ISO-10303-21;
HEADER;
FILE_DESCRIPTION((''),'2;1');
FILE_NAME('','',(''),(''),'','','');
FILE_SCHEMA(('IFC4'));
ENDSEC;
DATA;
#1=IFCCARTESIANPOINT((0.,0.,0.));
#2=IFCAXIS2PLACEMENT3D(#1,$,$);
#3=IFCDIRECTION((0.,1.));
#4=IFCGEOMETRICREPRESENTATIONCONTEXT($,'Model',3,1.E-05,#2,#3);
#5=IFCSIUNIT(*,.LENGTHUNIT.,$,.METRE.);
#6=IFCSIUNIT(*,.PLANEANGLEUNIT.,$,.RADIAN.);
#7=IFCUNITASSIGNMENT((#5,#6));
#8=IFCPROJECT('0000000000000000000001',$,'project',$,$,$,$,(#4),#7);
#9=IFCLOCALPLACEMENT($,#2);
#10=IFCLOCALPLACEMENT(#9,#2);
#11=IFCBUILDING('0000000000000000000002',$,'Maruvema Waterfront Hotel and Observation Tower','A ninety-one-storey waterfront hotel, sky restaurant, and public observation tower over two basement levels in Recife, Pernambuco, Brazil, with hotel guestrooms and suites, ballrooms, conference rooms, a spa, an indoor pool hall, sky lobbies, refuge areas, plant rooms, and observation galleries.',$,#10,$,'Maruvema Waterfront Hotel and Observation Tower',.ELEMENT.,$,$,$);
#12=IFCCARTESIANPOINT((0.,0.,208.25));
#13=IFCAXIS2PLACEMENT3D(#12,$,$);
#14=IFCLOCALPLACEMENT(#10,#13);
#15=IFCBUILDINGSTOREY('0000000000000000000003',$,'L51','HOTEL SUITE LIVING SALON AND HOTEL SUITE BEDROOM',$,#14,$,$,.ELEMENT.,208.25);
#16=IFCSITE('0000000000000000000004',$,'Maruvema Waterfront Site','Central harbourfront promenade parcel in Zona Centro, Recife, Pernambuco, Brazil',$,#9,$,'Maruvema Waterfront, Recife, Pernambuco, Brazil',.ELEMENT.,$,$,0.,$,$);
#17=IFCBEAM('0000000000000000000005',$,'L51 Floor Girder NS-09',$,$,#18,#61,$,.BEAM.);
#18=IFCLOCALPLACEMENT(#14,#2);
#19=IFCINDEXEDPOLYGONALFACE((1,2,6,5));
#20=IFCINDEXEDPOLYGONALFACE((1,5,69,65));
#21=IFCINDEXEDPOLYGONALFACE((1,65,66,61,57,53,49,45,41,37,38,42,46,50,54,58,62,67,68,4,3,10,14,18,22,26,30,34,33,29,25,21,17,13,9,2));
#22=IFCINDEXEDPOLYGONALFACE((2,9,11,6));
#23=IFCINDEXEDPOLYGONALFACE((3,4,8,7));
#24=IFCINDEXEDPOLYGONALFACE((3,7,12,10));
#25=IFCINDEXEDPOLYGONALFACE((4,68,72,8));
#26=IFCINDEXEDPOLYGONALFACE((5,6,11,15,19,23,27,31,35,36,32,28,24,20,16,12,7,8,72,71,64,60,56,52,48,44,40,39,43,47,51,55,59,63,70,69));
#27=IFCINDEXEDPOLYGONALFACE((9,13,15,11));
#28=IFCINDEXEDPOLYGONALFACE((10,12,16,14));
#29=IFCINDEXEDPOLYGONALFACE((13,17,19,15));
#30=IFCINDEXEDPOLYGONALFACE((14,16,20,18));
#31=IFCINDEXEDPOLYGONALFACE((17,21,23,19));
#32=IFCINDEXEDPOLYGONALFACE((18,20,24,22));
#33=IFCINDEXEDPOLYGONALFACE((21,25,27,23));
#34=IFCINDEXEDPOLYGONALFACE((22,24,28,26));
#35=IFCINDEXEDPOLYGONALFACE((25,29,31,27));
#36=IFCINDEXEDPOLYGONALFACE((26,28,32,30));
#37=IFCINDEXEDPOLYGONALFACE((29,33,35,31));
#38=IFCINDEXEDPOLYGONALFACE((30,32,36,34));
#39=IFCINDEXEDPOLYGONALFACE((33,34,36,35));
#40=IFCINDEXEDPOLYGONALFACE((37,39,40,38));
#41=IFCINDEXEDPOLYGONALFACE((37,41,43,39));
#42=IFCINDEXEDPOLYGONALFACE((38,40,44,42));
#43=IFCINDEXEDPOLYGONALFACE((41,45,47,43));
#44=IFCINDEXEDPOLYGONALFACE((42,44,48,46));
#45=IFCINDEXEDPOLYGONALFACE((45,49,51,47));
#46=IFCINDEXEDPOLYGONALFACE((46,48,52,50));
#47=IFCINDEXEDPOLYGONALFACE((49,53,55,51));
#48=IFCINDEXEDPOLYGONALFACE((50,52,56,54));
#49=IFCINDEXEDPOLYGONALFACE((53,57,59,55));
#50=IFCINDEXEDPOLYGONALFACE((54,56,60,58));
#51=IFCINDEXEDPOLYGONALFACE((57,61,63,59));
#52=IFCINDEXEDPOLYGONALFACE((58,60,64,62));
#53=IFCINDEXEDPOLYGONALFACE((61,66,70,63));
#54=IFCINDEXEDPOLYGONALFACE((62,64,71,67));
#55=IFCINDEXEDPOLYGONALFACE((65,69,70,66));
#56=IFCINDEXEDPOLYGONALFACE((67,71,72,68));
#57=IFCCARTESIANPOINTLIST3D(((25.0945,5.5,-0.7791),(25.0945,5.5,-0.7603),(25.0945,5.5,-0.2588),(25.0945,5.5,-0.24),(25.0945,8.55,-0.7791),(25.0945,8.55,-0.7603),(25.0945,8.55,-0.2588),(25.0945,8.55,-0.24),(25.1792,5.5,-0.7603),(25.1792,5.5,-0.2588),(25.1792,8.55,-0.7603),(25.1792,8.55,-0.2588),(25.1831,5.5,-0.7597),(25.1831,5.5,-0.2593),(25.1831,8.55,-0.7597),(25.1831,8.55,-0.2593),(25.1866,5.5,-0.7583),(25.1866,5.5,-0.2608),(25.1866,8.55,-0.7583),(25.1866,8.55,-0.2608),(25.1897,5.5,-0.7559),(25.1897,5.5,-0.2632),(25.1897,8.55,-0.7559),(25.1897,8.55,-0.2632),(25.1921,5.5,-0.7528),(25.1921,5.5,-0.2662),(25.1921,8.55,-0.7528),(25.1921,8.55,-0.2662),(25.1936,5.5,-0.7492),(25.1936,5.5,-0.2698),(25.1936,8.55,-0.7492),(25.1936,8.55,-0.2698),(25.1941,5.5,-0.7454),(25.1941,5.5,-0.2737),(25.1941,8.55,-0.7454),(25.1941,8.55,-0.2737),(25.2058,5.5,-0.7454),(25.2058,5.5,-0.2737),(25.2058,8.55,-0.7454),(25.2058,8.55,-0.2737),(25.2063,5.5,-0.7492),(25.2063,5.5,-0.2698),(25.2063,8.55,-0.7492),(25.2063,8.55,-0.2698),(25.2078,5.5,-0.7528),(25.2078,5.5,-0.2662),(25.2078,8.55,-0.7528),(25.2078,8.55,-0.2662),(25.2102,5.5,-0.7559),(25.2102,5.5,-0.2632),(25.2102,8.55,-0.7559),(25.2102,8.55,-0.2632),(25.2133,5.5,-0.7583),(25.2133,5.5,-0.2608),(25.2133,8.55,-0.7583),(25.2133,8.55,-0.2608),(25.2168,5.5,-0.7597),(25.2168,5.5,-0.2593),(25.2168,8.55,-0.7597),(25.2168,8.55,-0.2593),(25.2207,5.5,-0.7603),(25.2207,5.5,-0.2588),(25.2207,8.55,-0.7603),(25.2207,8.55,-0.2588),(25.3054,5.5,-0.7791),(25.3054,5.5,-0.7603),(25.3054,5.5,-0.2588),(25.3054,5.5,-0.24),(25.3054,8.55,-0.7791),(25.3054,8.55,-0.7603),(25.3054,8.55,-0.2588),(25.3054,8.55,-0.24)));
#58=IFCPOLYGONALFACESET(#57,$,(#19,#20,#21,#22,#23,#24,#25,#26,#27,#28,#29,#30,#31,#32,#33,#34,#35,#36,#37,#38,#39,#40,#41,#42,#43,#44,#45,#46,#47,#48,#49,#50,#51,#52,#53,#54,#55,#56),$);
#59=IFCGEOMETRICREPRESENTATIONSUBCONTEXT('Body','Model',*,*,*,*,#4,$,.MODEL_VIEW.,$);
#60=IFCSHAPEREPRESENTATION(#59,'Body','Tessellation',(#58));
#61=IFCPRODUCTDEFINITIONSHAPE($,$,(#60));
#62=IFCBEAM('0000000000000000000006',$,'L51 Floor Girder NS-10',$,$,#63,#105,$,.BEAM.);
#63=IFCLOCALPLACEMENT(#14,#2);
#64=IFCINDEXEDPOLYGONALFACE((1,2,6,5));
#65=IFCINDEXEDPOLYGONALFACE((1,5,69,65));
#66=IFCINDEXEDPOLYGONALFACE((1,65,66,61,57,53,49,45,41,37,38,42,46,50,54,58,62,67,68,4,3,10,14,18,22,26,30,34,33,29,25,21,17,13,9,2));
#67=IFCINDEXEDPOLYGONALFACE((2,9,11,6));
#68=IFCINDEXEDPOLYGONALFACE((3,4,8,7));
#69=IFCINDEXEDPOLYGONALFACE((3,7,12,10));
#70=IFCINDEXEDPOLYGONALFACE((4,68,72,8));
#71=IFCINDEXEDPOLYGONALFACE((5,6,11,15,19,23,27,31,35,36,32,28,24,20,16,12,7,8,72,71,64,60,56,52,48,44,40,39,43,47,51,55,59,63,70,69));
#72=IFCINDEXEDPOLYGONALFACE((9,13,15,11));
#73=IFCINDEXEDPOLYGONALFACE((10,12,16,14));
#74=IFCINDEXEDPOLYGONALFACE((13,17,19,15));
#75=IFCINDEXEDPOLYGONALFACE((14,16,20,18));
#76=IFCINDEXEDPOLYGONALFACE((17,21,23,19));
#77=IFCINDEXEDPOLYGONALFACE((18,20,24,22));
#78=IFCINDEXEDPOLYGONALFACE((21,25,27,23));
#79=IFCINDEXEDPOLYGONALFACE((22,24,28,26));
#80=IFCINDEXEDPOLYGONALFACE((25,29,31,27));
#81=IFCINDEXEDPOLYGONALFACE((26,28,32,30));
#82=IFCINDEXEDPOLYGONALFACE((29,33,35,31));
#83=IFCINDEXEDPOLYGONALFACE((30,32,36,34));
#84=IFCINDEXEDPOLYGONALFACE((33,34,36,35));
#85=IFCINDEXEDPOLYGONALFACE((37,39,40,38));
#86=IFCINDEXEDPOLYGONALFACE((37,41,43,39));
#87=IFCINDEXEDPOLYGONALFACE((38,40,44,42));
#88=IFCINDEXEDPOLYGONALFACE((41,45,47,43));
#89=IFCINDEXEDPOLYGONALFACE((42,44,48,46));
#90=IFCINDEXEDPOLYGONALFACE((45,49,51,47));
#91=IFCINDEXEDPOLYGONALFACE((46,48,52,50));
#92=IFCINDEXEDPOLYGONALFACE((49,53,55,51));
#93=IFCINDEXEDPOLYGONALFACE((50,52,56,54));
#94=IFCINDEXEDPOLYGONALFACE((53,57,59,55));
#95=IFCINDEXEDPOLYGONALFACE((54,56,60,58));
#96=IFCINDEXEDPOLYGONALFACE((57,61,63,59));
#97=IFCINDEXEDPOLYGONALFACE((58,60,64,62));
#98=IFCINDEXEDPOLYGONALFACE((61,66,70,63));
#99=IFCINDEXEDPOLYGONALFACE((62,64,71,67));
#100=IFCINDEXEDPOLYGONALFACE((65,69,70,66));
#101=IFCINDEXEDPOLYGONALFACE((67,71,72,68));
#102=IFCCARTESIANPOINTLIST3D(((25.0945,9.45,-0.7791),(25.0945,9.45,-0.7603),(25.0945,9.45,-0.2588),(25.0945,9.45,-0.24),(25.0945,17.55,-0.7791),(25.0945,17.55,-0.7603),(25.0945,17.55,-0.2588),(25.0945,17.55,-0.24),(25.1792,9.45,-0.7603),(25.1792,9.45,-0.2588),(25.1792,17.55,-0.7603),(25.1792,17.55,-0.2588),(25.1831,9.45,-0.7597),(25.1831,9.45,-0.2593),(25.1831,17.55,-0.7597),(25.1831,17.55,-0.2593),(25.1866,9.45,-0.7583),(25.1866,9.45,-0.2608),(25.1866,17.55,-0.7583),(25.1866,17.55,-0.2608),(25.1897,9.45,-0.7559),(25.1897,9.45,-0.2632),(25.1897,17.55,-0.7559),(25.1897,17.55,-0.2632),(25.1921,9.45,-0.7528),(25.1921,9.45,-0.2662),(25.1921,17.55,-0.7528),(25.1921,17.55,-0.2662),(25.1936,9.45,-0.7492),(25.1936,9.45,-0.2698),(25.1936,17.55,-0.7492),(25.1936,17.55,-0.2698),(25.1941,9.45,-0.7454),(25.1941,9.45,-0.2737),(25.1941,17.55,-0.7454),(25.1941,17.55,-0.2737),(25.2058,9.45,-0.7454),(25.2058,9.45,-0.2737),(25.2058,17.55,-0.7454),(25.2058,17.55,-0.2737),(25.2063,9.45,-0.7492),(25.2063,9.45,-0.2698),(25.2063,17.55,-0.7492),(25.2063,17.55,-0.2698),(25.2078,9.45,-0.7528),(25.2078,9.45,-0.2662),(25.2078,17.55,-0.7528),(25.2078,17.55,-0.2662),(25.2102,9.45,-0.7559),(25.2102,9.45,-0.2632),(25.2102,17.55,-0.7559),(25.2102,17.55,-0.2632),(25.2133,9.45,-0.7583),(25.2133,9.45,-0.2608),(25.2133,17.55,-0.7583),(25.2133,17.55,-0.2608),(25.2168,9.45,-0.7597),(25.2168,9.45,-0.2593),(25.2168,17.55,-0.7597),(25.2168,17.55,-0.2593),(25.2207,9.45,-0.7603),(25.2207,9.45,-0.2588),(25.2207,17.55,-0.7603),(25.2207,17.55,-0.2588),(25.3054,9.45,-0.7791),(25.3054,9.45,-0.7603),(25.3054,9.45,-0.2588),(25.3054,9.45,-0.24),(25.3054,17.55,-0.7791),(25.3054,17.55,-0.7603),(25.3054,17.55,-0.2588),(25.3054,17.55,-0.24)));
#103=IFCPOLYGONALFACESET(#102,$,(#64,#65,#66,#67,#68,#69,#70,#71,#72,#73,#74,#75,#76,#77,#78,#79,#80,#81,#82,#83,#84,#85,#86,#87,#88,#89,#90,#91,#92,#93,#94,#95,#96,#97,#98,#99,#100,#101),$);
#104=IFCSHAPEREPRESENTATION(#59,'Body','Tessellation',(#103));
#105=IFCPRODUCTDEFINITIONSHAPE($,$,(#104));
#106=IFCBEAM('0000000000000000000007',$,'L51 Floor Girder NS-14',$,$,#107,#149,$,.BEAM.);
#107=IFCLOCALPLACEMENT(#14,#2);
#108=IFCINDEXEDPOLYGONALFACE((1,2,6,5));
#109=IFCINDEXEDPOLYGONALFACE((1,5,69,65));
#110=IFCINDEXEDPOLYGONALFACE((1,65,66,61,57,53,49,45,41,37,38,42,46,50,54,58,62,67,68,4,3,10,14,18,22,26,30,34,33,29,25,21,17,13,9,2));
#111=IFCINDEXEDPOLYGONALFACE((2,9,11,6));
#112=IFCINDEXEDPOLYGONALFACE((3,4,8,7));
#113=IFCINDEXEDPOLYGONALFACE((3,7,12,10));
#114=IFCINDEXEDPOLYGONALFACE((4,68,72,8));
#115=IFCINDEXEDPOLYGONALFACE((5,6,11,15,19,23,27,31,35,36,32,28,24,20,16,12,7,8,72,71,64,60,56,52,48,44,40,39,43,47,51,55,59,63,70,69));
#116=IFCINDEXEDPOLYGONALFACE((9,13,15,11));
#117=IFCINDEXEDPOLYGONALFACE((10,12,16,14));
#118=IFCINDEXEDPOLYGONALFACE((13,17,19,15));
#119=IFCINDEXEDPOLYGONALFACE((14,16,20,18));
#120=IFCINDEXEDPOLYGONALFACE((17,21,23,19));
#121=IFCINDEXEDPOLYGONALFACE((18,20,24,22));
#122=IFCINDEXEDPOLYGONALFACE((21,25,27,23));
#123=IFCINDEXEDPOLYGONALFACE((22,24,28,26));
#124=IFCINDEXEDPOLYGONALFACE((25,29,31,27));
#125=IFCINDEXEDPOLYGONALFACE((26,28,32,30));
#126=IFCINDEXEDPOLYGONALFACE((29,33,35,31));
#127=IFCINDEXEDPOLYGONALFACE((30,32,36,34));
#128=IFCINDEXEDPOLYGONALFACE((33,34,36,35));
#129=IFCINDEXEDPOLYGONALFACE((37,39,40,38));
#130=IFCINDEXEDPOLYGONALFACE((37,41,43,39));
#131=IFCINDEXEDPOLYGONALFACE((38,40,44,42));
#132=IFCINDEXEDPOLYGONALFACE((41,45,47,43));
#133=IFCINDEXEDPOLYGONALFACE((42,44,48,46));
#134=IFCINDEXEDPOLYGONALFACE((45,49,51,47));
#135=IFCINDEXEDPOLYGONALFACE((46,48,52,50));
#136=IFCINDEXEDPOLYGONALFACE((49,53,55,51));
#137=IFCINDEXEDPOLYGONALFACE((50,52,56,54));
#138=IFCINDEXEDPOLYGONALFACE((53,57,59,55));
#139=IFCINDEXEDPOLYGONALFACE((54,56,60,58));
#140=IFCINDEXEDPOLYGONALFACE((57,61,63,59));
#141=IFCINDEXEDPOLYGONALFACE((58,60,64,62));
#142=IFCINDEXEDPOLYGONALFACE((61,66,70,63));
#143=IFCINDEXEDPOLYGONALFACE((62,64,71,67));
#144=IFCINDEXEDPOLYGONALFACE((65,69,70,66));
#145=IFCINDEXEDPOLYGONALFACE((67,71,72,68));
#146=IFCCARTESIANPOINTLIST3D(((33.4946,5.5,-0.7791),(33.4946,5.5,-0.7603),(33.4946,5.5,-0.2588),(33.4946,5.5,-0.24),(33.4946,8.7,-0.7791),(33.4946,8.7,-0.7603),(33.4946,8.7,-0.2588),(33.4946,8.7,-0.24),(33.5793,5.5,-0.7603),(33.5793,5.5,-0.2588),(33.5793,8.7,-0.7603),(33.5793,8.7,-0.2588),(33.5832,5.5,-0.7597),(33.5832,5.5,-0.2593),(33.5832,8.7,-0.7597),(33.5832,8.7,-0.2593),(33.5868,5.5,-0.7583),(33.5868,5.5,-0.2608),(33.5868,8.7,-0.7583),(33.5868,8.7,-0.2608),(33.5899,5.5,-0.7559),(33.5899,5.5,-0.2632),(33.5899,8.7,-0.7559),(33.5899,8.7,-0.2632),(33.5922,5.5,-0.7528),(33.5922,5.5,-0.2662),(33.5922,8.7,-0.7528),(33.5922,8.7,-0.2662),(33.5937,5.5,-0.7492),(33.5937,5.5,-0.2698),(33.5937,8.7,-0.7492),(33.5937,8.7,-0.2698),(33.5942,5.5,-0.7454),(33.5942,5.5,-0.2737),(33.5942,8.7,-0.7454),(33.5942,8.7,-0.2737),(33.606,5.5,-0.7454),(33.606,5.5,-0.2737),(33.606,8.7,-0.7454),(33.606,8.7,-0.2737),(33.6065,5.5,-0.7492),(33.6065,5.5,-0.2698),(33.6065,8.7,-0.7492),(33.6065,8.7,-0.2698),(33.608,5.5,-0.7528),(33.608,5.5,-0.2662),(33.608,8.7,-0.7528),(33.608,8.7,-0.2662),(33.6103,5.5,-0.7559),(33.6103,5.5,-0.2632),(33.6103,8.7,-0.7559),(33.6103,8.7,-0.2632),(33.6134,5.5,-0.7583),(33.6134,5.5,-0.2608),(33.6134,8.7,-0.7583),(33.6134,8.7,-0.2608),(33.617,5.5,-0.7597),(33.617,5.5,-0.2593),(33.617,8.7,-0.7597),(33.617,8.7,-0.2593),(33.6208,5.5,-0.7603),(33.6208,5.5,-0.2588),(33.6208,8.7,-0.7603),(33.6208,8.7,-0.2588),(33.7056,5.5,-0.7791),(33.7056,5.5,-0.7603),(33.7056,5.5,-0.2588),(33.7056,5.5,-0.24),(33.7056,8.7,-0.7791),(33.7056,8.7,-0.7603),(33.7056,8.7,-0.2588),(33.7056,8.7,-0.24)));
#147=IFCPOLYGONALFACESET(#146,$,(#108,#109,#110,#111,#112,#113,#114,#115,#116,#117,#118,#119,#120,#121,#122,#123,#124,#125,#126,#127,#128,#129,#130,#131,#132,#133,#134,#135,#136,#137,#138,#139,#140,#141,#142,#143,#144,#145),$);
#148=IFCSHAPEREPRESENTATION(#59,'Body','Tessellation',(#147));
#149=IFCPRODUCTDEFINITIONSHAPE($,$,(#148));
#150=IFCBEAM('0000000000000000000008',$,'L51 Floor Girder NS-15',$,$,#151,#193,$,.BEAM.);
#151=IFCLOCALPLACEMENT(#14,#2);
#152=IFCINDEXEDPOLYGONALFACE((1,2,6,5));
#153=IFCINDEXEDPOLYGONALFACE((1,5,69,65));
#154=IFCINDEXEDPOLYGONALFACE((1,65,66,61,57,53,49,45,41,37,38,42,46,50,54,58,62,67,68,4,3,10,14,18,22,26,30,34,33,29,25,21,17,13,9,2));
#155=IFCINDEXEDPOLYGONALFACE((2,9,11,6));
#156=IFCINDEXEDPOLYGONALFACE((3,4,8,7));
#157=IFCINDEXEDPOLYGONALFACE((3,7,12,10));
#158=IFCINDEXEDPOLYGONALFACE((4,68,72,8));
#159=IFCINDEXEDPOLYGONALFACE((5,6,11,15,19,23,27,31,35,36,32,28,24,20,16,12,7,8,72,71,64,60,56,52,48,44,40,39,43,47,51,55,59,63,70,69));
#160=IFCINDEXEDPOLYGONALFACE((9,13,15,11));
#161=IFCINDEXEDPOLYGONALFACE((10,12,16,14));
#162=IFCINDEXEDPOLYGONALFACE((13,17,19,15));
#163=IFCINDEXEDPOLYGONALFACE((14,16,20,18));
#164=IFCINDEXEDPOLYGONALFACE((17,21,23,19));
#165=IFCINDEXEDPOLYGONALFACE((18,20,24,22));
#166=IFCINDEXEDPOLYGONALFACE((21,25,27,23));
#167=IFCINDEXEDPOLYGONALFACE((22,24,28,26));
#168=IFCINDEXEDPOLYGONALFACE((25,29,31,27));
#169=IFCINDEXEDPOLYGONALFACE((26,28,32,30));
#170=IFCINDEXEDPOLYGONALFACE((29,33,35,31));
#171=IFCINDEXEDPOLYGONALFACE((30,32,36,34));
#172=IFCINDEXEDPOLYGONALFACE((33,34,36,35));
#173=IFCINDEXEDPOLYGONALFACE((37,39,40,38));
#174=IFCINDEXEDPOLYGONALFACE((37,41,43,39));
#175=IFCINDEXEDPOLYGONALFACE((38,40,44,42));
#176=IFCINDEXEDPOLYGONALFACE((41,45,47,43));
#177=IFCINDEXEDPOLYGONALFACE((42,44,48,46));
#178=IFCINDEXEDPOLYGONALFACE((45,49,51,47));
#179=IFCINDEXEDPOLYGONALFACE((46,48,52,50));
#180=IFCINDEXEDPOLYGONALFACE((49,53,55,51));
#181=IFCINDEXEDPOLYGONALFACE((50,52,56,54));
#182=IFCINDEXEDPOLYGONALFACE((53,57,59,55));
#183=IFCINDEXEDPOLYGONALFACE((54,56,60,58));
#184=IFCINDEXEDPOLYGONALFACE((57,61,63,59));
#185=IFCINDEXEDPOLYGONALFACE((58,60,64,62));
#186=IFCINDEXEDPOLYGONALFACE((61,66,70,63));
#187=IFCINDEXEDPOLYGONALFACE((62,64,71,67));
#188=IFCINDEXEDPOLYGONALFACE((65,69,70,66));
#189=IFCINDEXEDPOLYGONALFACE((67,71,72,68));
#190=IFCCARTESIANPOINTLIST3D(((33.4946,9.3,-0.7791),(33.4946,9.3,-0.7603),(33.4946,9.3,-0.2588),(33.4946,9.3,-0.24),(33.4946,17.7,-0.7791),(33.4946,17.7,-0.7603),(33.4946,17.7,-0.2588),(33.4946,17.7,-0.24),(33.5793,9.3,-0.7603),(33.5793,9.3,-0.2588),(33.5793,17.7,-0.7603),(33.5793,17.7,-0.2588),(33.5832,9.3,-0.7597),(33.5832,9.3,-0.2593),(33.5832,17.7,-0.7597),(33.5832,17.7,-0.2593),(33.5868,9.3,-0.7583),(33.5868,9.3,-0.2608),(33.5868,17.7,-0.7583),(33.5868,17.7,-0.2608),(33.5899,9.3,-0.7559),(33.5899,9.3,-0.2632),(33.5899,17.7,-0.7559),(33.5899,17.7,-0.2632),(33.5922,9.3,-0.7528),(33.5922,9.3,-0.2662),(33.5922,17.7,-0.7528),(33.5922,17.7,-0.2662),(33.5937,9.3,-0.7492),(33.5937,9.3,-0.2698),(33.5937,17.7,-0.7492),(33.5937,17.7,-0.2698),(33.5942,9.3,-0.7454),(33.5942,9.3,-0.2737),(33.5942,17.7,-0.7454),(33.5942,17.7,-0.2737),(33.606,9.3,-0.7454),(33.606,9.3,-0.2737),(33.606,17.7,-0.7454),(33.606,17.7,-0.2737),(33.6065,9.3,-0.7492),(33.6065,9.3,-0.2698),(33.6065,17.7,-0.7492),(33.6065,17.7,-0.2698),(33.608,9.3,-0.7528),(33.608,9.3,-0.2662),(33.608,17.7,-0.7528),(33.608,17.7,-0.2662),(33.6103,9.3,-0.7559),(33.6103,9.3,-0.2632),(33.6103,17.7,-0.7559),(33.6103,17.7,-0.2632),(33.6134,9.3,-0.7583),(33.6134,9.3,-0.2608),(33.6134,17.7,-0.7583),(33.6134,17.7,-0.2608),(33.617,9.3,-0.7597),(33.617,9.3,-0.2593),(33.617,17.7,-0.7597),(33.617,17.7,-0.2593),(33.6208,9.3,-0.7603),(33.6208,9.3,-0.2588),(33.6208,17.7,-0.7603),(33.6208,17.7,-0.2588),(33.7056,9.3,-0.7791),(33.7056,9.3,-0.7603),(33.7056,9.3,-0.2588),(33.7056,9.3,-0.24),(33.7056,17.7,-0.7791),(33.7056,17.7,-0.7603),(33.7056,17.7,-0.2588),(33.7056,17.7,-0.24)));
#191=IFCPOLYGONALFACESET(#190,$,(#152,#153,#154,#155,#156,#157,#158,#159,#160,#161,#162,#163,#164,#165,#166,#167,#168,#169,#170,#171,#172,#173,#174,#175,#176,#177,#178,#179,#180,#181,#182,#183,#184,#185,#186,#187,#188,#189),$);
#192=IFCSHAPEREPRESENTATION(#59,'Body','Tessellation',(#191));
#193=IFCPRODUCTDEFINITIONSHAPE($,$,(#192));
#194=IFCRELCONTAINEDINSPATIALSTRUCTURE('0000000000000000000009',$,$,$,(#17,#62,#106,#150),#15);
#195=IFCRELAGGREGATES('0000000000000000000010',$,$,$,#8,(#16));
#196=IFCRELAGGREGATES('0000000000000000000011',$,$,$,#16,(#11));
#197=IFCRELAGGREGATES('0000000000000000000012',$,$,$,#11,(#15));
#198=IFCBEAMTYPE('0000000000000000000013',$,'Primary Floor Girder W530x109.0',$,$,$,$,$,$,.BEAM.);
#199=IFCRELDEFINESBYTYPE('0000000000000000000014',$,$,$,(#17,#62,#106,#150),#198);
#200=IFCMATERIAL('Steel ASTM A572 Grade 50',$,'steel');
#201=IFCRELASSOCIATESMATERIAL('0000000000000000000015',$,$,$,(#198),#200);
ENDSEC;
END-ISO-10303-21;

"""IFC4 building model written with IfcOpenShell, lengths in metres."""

from ifc_helpers import new_model, si_unit, direction, frame, origin, origin_2d, place, context, subcontext, project, spatial, i_section, extrude, material, material_profile, profile_set, type_object, element, save


model = new_model("IFC4")

# Units and contexts
model_context = context("Model", 3, precision=1e-05, world=origin(), true_north=direction((0.0, 1.0)))
body_context = subcontext(model_context, "Body", "Model", "MODEL_VIEW")
ifc_project = project(units=[si_unit("LENGTHUNIT", "METRE"), si_unit("PLANEANGLEUNIT", "RADIAN")], contexts=[model_context])

# Site, building, storey
site_placement = place(None, origin())
site = spatial("IfcSite", under=ifc_project, at=site_placement, Name="Maruvema Waterfront Site", Description="Central harbourfront promenade parcel in Zona Centro, Recife, Pernambuco, Brazil", LongName="Maruvema Waterfront, Recife, Pernambuco, Brazil", CompositionType="ELEMENT", RefElevation=0.0)
building_placement = place(site_placement, origin())
building = spatial("IfcBuilding", under=site, at=building_placement, Name="Maruvema Waterfront Hotel and Observation Tower", Description="A ninety-one-storey waterfront hotel, sky restaurant, and public observation tower over two basement levels in Recife, Pernambuco, Brazil, with hotel guestrooms and suites, ballrooms, conference rooms, a spa, an indoor pool hall, sky lobbies, refuge areas, plant rooms, and observation galleries.", LongName="Maruvema Waterfront Hotel and Observation Tower", CompositionType="ELEMENT")
storey_placement = place(building_placement, frame((0.0, 0.0, 208.25)))
storey = spatial("IfcBuildingStorey", under=building, at=storey_placement, Name="L51", Description="HOTEL SUITE LIVING SALON AND HOTEL SUITE BEDROOM", CompositionType="ELEMENT", Elevation=208.25)

# Beams
ifc_material_1 = material(Name="Steel ASTM A572 Grade 50", Category="steel")
ifc_material_profile_1 = material_profile(ifc_material_1, i_section(OverallWidth=0.2109, OverallDepth=0.5391, WebThickness=0.0117, FlangeThickness=0.0188, FilletRadius=0.0149, at=origin_2d()), Name="W530x109.0")
ifc_profile_set_1 = profile_set([ifc_material_profile_1], Name="Steel ASTM A572 Grade 50")
beam_type_1 = type_object("IfcBeamType", Name="Primary Floor Girder W530x109.0", PredefinedType="BEAM", material=ifc_profile_set_1)
beam_1_placement = place(storey_placement, frame((25.2, 5.5, -0.5095), z_axis=(0.0, 1.0, 0.0), x_axis=(-1.0, 0.0, 0.0)))
element("IfcBeam", 1, at=beam_1_placement, inside=storey, type_object=beam_type_1, Name="L51 Floor Girder NS-09", PredefinedType="BEAM", context=body_context, shape_type="SweptSolid", body=[
    extrude(i_section(OverallWidth=0.2109, OverallDepth=0.5391, WebThickness=0.0117, FlangeThickness=0.0188, FilletRadius=0.0149, at=origin_2d()), origin(), (0.0, 0.0, 1.0), 3.05),
])
beam_2_placement = place(storey_placement, frame((25.2, 9.45, -0.5095), z_axis=(0.0, 1.0, 0.0), x_axis=(-1.0, 0.0, 0.0)))
element("IfcBeam", 2, at=beam_2_placement, inside=storey, type_object=beam_type_1, Name="L51 Floor Girder NS-10", PredefinedType="BEAM", context=body_context, shape_type="SweptSolid", body=[
    extrude(i_section(OverallWidth=0.2109, OverallDepth=0.5391, WebThickness=0.0117, FlangeThickness=0.0188, FilletRadius=0.0149, at=origin_2d()), origin(), (0.0, 0.0, 1.0), 8.1001),
])
beam_3_placement = place(storey_placement, frame((33.6001, 5.5, -0.5095), z_axis=(0.0, 1.0, 0.0), x_axis=(-1.0, 0.0, 0.0)))
element("IfcBeam", 3, at=beam_3_placement, inside=storey, type_object=beam_type_1, Name="L51 Floor Girder NS-14", PredefinedType="BEAM", context=body_context, shape_type="SweptSolid", body=[
    extrude(i_section(OverallWidth=0.2109, OverallDepth=0.5391, WebThickness=0.0117, FlangeThickness=0.0188, FilletRadius=0.0149, at=origin_2d()), origin(), (0.0, 0.0, 1.0), 3.2),
])
beam_4_placement = place(storey_placement, frame((33.6001, 9.3, -0.5095), z_axis=(0.0, 1.0, 0.0), x_axis=(-1.0, 0.0, 0.0)))
element("IfcBeam", 4, at=beam_4_placement, inside=storey, type_object=beam_type_1, Name="L51 Floor Girder NS-15", PredefinedType="BEAM", context=body_context, shape_type="SweptSolid", body=[
    extrude(i_section(OverallWidth=0.2109, OverallDepth=0.5391, WebThickness=0.0117, FlangeThickness=0.0188, FilletRadius=0.0149, at=origin_2d()), origin(), (0.0, 0.0, 1.0), 8.3999),
])

save(model, "model.ifc")
